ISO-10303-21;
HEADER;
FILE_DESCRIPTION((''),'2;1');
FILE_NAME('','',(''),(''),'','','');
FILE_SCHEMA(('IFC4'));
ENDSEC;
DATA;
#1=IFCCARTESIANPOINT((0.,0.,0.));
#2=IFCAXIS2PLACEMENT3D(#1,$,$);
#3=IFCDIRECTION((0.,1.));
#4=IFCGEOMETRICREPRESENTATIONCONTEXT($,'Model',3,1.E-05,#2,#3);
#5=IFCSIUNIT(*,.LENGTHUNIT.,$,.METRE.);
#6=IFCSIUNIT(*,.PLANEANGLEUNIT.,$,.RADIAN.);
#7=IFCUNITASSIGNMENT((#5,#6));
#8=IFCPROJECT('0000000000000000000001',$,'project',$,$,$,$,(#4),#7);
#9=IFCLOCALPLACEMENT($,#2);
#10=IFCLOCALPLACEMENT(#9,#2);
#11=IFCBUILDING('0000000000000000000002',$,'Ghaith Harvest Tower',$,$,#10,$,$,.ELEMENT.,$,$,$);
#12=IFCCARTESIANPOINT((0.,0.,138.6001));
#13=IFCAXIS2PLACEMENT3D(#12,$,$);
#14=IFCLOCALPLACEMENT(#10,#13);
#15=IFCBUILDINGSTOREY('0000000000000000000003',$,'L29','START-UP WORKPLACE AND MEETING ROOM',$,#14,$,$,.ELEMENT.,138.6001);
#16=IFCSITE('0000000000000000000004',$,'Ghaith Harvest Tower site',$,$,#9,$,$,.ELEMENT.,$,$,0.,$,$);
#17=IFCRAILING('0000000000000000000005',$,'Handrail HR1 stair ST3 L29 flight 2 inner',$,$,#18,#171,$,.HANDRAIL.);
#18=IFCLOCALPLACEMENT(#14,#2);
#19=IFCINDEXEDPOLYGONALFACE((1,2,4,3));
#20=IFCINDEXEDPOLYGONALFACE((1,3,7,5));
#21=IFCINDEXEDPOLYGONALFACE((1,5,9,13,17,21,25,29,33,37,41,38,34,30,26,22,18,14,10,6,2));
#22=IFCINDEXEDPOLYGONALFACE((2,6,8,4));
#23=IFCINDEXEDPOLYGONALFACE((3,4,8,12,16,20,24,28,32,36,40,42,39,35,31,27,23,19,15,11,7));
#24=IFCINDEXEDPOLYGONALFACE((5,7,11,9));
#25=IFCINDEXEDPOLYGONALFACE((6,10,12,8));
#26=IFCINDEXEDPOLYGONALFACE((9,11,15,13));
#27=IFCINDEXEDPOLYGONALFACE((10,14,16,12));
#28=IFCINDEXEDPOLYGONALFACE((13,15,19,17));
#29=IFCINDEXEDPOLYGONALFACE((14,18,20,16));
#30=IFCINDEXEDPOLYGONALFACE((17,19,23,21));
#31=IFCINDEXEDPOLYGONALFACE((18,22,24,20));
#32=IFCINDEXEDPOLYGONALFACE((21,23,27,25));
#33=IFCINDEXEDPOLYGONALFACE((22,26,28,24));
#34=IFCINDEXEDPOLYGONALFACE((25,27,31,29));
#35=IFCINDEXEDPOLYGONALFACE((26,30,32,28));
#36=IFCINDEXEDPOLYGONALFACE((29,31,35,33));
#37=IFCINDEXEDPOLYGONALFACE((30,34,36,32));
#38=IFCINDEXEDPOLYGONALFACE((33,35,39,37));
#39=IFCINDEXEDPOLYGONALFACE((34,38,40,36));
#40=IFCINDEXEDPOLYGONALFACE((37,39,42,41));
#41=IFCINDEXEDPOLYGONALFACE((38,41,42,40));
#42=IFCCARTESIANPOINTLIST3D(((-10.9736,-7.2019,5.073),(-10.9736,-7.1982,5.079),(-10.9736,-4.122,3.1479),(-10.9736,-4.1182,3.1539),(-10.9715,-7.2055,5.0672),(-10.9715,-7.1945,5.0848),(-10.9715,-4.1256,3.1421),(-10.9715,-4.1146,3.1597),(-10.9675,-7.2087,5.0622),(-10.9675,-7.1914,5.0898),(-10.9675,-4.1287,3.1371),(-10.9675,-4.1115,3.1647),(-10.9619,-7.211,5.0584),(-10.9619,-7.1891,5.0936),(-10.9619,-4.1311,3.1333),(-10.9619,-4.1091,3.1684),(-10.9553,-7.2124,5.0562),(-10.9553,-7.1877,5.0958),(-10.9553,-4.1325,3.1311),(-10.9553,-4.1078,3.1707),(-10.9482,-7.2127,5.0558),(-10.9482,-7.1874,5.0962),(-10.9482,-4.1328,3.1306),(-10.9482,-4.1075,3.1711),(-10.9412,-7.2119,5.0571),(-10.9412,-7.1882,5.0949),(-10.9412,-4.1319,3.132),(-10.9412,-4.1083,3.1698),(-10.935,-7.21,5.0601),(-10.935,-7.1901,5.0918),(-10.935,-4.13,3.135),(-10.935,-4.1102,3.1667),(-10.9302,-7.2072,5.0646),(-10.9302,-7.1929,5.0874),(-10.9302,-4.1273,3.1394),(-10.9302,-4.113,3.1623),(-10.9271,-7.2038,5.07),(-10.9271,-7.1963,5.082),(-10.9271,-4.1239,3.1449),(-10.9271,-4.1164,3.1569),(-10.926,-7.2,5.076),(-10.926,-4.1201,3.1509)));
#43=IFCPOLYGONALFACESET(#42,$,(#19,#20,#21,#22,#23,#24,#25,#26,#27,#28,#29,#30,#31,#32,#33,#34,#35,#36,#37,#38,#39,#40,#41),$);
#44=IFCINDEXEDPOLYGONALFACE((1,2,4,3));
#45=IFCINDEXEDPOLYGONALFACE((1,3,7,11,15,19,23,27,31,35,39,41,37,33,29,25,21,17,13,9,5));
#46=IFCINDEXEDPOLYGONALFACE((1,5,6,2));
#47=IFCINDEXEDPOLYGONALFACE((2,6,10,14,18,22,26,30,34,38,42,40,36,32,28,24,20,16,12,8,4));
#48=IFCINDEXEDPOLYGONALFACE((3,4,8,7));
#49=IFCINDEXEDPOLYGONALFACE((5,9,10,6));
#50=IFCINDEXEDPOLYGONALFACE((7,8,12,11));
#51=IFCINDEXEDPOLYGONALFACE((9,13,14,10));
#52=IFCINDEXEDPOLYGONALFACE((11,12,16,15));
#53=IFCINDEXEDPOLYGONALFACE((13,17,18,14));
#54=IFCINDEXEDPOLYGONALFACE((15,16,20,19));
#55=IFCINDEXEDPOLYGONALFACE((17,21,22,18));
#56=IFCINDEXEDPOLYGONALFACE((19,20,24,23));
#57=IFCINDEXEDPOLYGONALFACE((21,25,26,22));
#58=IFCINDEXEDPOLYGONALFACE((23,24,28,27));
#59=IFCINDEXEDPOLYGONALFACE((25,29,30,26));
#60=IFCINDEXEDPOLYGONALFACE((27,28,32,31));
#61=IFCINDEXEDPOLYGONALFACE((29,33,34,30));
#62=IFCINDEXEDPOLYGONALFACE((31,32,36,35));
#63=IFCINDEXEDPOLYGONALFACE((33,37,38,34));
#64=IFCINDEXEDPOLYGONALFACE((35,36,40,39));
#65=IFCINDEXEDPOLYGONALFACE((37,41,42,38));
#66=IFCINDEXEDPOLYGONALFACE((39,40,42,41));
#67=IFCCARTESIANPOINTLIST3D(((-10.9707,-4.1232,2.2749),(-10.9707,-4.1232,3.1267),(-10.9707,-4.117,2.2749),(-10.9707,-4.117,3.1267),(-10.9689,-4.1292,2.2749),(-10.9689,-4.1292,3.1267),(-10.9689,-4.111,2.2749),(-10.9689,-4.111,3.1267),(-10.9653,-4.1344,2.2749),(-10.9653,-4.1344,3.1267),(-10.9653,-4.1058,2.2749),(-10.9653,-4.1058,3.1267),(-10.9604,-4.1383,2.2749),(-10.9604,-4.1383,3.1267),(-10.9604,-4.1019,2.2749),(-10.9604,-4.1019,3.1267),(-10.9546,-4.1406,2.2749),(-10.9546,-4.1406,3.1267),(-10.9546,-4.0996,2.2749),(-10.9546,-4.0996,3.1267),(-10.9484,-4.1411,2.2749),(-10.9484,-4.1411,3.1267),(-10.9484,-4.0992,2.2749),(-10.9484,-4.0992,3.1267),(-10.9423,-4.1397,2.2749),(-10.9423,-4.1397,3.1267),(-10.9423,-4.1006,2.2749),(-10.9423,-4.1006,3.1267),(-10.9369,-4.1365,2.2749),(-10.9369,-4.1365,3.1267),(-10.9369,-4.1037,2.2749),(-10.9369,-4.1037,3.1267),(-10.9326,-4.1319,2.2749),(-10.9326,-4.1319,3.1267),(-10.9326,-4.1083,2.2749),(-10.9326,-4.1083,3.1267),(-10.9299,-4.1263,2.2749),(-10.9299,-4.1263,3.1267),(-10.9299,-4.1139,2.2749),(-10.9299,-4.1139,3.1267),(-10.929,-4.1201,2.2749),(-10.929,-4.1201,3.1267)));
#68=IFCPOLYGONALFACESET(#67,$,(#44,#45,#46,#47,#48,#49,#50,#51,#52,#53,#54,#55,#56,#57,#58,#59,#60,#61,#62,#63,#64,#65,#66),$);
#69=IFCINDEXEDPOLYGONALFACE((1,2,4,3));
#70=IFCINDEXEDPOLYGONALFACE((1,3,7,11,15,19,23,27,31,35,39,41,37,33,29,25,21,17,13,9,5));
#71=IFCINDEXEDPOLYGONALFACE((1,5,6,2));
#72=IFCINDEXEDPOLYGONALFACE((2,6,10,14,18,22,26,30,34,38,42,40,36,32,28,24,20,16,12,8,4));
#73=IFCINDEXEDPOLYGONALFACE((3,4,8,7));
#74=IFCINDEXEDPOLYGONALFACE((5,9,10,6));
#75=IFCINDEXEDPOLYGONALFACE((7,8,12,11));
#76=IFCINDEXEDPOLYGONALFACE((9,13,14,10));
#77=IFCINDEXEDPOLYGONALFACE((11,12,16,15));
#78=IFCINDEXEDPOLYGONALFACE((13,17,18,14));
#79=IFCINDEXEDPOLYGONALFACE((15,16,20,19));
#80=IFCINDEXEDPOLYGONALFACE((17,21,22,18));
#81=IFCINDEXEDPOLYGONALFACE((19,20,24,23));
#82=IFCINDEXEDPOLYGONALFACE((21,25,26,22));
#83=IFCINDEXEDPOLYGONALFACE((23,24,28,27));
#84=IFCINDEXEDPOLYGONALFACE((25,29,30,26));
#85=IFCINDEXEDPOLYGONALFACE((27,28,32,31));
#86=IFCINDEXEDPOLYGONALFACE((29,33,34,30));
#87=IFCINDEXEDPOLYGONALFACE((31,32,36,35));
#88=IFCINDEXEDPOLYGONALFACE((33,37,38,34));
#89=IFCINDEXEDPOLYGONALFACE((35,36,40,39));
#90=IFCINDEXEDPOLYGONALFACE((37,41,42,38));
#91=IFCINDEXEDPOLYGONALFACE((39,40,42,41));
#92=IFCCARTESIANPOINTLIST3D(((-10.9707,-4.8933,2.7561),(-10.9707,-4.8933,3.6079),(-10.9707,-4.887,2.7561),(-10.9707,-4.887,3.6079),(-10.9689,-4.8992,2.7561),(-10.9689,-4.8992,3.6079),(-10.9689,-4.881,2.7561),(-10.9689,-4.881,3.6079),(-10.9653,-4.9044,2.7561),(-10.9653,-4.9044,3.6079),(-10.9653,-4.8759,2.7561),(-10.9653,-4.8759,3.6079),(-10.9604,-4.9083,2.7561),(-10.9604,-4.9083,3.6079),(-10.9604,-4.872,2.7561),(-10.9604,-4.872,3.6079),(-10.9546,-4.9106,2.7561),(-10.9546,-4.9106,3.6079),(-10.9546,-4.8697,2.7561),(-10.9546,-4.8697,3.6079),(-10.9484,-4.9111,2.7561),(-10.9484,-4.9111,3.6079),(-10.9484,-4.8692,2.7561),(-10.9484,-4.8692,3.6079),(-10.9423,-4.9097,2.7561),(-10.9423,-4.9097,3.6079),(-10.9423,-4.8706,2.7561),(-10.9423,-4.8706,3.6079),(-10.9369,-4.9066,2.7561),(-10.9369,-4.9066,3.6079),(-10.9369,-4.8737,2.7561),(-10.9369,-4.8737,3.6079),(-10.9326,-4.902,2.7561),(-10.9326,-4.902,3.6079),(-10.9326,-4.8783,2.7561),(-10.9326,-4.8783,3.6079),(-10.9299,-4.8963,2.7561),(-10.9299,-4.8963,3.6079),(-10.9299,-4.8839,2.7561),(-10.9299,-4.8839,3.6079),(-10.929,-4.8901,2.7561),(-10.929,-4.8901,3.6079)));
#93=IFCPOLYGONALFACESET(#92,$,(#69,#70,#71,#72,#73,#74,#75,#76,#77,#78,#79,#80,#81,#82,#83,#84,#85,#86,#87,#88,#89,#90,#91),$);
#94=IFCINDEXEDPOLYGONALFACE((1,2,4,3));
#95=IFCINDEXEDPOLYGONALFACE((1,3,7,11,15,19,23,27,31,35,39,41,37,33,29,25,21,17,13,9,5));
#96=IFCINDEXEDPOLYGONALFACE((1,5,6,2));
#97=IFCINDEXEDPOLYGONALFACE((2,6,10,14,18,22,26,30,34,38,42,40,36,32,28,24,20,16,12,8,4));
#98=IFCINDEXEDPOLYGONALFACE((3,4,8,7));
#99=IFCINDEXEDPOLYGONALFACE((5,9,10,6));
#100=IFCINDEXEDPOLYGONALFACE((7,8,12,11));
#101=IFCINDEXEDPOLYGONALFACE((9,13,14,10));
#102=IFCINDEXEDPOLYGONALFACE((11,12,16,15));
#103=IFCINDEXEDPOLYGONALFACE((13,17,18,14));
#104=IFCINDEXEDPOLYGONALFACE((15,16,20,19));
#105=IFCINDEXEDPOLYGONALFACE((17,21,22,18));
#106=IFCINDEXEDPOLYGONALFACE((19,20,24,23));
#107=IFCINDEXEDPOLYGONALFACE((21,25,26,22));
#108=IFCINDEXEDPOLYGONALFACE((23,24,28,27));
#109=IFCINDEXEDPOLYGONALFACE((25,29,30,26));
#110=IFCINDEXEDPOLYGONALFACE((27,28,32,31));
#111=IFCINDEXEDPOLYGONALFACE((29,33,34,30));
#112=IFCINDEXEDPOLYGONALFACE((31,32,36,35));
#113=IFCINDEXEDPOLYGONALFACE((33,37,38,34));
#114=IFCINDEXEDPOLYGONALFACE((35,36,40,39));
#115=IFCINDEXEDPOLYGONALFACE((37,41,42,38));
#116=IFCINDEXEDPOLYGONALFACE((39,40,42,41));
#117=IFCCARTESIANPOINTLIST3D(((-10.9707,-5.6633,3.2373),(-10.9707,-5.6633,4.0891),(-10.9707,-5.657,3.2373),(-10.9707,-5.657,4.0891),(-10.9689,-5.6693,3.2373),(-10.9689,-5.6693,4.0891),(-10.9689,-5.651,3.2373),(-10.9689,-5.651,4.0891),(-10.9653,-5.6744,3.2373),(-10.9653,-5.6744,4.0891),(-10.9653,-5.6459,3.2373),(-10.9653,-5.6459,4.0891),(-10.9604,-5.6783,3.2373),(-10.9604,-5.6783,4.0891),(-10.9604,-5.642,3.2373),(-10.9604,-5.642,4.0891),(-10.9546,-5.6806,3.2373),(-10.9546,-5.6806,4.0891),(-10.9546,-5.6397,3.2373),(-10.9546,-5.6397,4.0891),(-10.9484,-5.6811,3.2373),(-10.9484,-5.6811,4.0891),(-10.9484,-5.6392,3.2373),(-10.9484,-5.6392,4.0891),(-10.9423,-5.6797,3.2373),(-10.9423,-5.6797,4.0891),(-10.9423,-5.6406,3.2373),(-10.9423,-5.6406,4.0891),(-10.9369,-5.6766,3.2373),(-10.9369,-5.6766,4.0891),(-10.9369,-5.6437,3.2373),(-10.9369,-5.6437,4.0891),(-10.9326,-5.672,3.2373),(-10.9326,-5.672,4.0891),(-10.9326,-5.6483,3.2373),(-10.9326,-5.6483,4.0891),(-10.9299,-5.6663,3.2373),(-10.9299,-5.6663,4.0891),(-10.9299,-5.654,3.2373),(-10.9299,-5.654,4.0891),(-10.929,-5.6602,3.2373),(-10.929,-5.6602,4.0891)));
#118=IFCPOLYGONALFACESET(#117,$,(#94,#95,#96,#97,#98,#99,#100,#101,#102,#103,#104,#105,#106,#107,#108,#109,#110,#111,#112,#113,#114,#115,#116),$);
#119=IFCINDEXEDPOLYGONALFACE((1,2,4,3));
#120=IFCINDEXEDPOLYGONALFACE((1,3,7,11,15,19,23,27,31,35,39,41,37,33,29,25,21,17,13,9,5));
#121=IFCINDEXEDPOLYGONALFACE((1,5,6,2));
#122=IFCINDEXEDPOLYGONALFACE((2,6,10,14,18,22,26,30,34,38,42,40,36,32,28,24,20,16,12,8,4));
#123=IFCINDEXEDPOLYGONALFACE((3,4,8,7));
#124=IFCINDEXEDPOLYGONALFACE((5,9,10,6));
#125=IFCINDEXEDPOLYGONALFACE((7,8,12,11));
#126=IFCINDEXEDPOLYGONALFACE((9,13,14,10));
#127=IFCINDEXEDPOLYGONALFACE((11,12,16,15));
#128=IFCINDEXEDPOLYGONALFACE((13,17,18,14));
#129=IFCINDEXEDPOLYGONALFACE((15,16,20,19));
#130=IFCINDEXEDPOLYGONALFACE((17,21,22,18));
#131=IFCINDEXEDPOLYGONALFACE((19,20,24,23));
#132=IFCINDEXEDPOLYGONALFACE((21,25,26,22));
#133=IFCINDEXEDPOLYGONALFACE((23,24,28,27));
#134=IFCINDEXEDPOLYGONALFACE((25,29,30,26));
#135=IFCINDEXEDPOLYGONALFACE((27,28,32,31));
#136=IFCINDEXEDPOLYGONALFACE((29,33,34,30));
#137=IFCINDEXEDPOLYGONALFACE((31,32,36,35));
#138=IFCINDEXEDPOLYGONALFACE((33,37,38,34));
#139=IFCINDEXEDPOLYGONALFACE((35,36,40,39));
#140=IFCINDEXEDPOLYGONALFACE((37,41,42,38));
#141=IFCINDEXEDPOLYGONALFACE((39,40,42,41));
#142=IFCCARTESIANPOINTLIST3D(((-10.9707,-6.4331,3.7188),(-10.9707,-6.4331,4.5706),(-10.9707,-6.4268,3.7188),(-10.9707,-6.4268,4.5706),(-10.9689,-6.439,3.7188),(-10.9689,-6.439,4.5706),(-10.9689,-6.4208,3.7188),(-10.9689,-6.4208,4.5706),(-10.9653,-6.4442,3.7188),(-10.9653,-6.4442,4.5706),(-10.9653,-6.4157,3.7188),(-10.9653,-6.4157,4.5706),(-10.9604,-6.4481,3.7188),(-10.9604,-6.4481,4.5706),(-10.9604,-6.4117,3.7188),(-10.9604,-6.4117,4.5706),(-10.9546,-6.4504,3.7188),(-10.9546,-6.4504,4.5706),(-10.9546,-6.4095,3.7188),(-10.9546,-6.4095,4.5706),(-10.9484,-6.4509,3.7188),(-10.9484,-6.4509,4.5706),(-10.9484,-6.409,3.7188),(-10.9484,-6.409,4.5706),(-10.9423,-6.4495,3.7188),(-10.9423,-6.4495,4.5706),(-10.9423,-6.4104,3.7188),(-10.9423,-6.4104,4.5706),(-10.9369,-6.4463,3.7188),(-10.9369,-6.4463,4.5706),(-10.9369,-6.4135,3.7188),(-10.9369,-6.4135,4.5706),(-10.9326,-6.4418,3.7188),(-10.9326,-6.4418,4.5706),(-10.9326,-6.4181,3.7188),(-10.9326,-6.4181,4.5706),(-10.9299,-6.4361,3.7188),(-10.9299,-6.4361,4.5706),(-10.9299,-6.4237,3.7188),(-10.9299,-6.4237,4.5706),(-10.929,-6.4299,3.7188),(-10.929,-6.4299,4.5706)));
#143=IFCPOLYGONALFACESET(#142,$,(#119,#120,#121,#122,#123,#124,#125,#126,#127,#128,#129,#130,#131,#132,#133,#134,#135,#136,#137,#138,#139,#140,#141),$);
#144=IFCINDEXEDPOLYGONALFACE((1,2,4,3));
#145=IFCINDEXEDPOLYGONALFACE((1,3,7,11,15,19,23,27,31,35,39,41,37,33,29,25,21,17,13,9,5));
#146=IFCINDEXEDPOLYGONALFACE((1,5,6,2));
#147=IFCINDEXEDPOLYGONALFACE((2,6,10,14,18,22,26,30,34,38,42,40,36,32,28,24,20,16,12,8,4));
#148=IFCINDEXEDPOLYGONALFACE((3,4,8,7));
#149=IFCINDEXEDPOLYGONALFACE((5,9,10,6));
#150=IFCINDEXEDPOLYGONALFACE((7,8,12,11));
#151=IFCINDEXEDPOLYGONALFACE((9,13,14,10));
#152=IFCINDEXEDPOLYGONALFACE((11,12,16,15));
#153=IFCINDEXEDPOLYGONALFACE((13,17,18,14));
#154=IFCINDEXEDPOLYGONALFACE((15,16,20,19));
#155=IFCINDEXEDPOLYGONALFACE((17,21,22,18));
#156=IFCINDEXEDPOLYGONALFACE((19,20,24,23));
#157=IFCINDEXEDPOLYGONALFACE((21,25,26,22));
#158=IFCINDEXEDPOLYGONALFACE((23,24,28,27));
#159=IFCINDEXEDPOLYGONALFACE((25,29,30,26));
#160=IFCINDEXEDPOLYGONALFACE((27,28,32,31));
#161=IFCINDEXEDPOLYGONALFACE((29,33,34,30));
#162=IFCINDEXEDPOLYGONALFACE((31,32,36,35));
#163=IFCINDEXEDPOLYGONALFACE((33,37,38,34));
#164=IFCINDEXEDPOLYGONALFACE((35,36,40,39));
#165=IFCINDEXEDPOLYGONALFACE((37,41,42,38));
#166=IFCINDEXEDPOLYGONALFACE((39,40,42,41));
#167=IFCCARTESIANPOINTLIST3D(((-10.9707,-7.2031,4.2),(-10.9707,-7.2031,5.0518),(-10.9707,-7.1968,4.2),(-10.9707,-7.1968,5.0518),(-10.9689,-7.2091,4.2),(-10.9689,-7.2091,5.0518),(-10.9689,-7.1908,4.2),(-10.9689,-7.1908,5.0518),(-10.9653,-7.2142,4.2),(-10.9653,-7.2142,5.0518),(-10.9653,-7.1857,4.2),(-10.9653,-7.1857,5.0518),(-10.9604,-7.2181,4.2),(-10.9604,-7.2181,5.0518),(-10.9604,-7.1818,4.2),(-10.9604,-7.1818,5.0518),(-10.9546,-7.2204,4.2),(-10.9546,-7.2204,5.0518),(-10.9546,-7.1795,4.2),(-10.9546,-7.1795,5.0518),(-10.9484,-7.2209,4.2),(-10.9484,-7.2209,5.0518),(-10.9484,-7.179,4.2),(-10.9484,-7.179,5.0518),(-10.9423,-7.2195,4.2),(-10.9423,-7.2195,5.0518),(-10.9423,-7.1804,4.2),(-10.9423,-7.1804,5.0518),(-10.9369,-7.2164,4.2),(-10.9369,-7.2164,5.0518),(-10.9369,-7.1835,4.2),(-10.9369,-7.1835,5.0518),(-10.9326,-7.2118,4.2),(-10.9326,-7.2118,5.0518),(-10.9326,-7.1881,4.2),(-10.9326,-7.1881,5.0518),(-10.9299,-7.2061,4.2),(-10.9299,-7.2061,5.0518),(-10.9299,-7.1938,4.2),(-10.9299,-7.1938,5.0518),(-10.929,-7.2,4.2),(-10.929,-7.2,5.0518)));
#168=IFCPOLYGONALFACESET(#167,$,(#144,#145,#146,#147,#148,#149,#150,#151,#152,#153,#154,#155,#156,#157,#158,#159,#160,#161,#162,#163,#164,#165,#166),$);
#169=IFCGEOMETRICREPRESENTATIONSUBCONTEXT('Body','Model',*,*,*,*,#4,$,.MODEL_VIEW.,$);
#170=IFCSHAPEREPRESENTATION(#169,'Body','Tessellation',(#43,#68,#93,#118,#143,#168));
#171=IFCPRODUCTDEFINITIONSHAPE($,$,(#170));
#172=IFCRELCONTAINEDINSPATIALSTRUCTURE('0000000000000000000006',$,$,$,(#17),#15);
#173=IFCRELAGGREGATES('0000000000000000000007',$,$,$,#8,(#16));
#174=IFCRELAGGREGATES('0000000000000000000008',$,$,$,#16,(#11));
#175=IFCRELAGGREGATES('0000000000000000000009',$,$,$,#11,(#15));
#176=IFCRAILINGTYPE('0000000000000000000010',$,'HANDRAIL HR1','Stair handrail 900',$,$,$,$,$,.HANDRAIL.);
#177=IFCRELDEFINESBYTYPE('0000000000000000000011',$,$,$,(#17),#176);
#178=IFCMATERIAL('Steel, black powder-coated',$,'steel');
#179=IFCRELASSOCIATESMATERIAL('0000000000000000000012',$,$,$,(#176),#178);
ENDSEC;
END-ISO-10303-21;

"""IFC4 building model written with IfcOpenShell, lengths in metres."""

from ifc_helpers import new_model, si_unit, direction, frame, origin, origin_2d, place, context, subcontext, project, spatial, circle, extrude, material, type_object, element, save


model = new_model("IFC4")

# Units and contexts
model_context = context("Model", 3, precision=1e-05, world=origin(), true_north=direction((0.0, 1.0)))
body_context = subcontext(model_context, "Body", "Model", "MODEL_VIEW")
ifc_project = project(units=[si_unit("LENGTHUNIT", "METRE"), si_unit("PLANEANGLEUNIT", "RADIAN")], contexts=[model_context])

# Site, building, storey
site_placement = place(None, origin())
site = spatial("IfcSite", under=ifc_project, at=site_placement, Name="Ghaith Harvest Tower site", CompositionType="ELEMENT", RefElevation=0.0)
building_placement = place(site_placement, origin())
building = spatial("IfcBuilding", under=site, at=building_placement, Name="Ghaith Harvest Tower", CompositionType="ELEMENT")
storey_placement = place(building_placement, frame((0.0, 0.0, 138.6001)))
storey = spatial("IfcBuildingStorey", under=building, at=storey_placement, Name="L29", Description="START-UP WORKPLACE AND MEETING ROOM", CompositionType="ELEMENT", Elevation=138.6001)

# Railing
ifc_material_1 = material(Name="Steel, black powder-coated", Category="steel")
railing_type = type_object("IfcRailingType", Name="HANDRAIL HR1", Description="Stair handrail 900", PredefinedType="HANDRAIL", material=ifc_material_1)
railing_1_placement = place(storey_placement, frame((-10.95, -4.1201, 2.2749)))
element("IfcRailing", 1, at=railing_1_placement, inside=storey, type_object=railing_type, Name="Handrail HR1 stair ST3 L29 flight 2 inner", PredefinedType="HANDRAIL", context=body_context, shape_type="SweptSolid", body=[
    extrude(circle(Radius=0.0239, at=origin_2d()), frame((0.0, 0.0, 0.876), z_axis=(0.0, -0.847979, 0.530029), x_axis=(1.0, 0.0, 0.0)), (0.0, 0.0, 1.0), 3.6321),
    extrude(circle(Radius=0.021, at=origin_2d()), origin(), (0.0, 0.0, 1.0), 0.8518),
    extrude(circle(Radius=0.021, at=origin_2d()), frame((0.0, -0.77, 0.4812)), (0.0, 0.0, 1.0), 0.8518),
    extrude(circle(Radius=0.021, at=origin_2d()), frame((0.0, -1.54, 0.9624)), (0.0, 0.0, 1.0), 0.8518),
    extrude(circle(Radius=0.021, at=origin_2d()), frame((0.0, -2.3098, 1.4438)), (0.0, 0.0, 1.0), 0.8518),
    extrude(circle(Radius=0.021, at=origin_2d()), frame((0.0, -3.0798, 1.925)), (0.0, 0.0, 1.0), 0.8518),
])

save(model, "model.ifc")
